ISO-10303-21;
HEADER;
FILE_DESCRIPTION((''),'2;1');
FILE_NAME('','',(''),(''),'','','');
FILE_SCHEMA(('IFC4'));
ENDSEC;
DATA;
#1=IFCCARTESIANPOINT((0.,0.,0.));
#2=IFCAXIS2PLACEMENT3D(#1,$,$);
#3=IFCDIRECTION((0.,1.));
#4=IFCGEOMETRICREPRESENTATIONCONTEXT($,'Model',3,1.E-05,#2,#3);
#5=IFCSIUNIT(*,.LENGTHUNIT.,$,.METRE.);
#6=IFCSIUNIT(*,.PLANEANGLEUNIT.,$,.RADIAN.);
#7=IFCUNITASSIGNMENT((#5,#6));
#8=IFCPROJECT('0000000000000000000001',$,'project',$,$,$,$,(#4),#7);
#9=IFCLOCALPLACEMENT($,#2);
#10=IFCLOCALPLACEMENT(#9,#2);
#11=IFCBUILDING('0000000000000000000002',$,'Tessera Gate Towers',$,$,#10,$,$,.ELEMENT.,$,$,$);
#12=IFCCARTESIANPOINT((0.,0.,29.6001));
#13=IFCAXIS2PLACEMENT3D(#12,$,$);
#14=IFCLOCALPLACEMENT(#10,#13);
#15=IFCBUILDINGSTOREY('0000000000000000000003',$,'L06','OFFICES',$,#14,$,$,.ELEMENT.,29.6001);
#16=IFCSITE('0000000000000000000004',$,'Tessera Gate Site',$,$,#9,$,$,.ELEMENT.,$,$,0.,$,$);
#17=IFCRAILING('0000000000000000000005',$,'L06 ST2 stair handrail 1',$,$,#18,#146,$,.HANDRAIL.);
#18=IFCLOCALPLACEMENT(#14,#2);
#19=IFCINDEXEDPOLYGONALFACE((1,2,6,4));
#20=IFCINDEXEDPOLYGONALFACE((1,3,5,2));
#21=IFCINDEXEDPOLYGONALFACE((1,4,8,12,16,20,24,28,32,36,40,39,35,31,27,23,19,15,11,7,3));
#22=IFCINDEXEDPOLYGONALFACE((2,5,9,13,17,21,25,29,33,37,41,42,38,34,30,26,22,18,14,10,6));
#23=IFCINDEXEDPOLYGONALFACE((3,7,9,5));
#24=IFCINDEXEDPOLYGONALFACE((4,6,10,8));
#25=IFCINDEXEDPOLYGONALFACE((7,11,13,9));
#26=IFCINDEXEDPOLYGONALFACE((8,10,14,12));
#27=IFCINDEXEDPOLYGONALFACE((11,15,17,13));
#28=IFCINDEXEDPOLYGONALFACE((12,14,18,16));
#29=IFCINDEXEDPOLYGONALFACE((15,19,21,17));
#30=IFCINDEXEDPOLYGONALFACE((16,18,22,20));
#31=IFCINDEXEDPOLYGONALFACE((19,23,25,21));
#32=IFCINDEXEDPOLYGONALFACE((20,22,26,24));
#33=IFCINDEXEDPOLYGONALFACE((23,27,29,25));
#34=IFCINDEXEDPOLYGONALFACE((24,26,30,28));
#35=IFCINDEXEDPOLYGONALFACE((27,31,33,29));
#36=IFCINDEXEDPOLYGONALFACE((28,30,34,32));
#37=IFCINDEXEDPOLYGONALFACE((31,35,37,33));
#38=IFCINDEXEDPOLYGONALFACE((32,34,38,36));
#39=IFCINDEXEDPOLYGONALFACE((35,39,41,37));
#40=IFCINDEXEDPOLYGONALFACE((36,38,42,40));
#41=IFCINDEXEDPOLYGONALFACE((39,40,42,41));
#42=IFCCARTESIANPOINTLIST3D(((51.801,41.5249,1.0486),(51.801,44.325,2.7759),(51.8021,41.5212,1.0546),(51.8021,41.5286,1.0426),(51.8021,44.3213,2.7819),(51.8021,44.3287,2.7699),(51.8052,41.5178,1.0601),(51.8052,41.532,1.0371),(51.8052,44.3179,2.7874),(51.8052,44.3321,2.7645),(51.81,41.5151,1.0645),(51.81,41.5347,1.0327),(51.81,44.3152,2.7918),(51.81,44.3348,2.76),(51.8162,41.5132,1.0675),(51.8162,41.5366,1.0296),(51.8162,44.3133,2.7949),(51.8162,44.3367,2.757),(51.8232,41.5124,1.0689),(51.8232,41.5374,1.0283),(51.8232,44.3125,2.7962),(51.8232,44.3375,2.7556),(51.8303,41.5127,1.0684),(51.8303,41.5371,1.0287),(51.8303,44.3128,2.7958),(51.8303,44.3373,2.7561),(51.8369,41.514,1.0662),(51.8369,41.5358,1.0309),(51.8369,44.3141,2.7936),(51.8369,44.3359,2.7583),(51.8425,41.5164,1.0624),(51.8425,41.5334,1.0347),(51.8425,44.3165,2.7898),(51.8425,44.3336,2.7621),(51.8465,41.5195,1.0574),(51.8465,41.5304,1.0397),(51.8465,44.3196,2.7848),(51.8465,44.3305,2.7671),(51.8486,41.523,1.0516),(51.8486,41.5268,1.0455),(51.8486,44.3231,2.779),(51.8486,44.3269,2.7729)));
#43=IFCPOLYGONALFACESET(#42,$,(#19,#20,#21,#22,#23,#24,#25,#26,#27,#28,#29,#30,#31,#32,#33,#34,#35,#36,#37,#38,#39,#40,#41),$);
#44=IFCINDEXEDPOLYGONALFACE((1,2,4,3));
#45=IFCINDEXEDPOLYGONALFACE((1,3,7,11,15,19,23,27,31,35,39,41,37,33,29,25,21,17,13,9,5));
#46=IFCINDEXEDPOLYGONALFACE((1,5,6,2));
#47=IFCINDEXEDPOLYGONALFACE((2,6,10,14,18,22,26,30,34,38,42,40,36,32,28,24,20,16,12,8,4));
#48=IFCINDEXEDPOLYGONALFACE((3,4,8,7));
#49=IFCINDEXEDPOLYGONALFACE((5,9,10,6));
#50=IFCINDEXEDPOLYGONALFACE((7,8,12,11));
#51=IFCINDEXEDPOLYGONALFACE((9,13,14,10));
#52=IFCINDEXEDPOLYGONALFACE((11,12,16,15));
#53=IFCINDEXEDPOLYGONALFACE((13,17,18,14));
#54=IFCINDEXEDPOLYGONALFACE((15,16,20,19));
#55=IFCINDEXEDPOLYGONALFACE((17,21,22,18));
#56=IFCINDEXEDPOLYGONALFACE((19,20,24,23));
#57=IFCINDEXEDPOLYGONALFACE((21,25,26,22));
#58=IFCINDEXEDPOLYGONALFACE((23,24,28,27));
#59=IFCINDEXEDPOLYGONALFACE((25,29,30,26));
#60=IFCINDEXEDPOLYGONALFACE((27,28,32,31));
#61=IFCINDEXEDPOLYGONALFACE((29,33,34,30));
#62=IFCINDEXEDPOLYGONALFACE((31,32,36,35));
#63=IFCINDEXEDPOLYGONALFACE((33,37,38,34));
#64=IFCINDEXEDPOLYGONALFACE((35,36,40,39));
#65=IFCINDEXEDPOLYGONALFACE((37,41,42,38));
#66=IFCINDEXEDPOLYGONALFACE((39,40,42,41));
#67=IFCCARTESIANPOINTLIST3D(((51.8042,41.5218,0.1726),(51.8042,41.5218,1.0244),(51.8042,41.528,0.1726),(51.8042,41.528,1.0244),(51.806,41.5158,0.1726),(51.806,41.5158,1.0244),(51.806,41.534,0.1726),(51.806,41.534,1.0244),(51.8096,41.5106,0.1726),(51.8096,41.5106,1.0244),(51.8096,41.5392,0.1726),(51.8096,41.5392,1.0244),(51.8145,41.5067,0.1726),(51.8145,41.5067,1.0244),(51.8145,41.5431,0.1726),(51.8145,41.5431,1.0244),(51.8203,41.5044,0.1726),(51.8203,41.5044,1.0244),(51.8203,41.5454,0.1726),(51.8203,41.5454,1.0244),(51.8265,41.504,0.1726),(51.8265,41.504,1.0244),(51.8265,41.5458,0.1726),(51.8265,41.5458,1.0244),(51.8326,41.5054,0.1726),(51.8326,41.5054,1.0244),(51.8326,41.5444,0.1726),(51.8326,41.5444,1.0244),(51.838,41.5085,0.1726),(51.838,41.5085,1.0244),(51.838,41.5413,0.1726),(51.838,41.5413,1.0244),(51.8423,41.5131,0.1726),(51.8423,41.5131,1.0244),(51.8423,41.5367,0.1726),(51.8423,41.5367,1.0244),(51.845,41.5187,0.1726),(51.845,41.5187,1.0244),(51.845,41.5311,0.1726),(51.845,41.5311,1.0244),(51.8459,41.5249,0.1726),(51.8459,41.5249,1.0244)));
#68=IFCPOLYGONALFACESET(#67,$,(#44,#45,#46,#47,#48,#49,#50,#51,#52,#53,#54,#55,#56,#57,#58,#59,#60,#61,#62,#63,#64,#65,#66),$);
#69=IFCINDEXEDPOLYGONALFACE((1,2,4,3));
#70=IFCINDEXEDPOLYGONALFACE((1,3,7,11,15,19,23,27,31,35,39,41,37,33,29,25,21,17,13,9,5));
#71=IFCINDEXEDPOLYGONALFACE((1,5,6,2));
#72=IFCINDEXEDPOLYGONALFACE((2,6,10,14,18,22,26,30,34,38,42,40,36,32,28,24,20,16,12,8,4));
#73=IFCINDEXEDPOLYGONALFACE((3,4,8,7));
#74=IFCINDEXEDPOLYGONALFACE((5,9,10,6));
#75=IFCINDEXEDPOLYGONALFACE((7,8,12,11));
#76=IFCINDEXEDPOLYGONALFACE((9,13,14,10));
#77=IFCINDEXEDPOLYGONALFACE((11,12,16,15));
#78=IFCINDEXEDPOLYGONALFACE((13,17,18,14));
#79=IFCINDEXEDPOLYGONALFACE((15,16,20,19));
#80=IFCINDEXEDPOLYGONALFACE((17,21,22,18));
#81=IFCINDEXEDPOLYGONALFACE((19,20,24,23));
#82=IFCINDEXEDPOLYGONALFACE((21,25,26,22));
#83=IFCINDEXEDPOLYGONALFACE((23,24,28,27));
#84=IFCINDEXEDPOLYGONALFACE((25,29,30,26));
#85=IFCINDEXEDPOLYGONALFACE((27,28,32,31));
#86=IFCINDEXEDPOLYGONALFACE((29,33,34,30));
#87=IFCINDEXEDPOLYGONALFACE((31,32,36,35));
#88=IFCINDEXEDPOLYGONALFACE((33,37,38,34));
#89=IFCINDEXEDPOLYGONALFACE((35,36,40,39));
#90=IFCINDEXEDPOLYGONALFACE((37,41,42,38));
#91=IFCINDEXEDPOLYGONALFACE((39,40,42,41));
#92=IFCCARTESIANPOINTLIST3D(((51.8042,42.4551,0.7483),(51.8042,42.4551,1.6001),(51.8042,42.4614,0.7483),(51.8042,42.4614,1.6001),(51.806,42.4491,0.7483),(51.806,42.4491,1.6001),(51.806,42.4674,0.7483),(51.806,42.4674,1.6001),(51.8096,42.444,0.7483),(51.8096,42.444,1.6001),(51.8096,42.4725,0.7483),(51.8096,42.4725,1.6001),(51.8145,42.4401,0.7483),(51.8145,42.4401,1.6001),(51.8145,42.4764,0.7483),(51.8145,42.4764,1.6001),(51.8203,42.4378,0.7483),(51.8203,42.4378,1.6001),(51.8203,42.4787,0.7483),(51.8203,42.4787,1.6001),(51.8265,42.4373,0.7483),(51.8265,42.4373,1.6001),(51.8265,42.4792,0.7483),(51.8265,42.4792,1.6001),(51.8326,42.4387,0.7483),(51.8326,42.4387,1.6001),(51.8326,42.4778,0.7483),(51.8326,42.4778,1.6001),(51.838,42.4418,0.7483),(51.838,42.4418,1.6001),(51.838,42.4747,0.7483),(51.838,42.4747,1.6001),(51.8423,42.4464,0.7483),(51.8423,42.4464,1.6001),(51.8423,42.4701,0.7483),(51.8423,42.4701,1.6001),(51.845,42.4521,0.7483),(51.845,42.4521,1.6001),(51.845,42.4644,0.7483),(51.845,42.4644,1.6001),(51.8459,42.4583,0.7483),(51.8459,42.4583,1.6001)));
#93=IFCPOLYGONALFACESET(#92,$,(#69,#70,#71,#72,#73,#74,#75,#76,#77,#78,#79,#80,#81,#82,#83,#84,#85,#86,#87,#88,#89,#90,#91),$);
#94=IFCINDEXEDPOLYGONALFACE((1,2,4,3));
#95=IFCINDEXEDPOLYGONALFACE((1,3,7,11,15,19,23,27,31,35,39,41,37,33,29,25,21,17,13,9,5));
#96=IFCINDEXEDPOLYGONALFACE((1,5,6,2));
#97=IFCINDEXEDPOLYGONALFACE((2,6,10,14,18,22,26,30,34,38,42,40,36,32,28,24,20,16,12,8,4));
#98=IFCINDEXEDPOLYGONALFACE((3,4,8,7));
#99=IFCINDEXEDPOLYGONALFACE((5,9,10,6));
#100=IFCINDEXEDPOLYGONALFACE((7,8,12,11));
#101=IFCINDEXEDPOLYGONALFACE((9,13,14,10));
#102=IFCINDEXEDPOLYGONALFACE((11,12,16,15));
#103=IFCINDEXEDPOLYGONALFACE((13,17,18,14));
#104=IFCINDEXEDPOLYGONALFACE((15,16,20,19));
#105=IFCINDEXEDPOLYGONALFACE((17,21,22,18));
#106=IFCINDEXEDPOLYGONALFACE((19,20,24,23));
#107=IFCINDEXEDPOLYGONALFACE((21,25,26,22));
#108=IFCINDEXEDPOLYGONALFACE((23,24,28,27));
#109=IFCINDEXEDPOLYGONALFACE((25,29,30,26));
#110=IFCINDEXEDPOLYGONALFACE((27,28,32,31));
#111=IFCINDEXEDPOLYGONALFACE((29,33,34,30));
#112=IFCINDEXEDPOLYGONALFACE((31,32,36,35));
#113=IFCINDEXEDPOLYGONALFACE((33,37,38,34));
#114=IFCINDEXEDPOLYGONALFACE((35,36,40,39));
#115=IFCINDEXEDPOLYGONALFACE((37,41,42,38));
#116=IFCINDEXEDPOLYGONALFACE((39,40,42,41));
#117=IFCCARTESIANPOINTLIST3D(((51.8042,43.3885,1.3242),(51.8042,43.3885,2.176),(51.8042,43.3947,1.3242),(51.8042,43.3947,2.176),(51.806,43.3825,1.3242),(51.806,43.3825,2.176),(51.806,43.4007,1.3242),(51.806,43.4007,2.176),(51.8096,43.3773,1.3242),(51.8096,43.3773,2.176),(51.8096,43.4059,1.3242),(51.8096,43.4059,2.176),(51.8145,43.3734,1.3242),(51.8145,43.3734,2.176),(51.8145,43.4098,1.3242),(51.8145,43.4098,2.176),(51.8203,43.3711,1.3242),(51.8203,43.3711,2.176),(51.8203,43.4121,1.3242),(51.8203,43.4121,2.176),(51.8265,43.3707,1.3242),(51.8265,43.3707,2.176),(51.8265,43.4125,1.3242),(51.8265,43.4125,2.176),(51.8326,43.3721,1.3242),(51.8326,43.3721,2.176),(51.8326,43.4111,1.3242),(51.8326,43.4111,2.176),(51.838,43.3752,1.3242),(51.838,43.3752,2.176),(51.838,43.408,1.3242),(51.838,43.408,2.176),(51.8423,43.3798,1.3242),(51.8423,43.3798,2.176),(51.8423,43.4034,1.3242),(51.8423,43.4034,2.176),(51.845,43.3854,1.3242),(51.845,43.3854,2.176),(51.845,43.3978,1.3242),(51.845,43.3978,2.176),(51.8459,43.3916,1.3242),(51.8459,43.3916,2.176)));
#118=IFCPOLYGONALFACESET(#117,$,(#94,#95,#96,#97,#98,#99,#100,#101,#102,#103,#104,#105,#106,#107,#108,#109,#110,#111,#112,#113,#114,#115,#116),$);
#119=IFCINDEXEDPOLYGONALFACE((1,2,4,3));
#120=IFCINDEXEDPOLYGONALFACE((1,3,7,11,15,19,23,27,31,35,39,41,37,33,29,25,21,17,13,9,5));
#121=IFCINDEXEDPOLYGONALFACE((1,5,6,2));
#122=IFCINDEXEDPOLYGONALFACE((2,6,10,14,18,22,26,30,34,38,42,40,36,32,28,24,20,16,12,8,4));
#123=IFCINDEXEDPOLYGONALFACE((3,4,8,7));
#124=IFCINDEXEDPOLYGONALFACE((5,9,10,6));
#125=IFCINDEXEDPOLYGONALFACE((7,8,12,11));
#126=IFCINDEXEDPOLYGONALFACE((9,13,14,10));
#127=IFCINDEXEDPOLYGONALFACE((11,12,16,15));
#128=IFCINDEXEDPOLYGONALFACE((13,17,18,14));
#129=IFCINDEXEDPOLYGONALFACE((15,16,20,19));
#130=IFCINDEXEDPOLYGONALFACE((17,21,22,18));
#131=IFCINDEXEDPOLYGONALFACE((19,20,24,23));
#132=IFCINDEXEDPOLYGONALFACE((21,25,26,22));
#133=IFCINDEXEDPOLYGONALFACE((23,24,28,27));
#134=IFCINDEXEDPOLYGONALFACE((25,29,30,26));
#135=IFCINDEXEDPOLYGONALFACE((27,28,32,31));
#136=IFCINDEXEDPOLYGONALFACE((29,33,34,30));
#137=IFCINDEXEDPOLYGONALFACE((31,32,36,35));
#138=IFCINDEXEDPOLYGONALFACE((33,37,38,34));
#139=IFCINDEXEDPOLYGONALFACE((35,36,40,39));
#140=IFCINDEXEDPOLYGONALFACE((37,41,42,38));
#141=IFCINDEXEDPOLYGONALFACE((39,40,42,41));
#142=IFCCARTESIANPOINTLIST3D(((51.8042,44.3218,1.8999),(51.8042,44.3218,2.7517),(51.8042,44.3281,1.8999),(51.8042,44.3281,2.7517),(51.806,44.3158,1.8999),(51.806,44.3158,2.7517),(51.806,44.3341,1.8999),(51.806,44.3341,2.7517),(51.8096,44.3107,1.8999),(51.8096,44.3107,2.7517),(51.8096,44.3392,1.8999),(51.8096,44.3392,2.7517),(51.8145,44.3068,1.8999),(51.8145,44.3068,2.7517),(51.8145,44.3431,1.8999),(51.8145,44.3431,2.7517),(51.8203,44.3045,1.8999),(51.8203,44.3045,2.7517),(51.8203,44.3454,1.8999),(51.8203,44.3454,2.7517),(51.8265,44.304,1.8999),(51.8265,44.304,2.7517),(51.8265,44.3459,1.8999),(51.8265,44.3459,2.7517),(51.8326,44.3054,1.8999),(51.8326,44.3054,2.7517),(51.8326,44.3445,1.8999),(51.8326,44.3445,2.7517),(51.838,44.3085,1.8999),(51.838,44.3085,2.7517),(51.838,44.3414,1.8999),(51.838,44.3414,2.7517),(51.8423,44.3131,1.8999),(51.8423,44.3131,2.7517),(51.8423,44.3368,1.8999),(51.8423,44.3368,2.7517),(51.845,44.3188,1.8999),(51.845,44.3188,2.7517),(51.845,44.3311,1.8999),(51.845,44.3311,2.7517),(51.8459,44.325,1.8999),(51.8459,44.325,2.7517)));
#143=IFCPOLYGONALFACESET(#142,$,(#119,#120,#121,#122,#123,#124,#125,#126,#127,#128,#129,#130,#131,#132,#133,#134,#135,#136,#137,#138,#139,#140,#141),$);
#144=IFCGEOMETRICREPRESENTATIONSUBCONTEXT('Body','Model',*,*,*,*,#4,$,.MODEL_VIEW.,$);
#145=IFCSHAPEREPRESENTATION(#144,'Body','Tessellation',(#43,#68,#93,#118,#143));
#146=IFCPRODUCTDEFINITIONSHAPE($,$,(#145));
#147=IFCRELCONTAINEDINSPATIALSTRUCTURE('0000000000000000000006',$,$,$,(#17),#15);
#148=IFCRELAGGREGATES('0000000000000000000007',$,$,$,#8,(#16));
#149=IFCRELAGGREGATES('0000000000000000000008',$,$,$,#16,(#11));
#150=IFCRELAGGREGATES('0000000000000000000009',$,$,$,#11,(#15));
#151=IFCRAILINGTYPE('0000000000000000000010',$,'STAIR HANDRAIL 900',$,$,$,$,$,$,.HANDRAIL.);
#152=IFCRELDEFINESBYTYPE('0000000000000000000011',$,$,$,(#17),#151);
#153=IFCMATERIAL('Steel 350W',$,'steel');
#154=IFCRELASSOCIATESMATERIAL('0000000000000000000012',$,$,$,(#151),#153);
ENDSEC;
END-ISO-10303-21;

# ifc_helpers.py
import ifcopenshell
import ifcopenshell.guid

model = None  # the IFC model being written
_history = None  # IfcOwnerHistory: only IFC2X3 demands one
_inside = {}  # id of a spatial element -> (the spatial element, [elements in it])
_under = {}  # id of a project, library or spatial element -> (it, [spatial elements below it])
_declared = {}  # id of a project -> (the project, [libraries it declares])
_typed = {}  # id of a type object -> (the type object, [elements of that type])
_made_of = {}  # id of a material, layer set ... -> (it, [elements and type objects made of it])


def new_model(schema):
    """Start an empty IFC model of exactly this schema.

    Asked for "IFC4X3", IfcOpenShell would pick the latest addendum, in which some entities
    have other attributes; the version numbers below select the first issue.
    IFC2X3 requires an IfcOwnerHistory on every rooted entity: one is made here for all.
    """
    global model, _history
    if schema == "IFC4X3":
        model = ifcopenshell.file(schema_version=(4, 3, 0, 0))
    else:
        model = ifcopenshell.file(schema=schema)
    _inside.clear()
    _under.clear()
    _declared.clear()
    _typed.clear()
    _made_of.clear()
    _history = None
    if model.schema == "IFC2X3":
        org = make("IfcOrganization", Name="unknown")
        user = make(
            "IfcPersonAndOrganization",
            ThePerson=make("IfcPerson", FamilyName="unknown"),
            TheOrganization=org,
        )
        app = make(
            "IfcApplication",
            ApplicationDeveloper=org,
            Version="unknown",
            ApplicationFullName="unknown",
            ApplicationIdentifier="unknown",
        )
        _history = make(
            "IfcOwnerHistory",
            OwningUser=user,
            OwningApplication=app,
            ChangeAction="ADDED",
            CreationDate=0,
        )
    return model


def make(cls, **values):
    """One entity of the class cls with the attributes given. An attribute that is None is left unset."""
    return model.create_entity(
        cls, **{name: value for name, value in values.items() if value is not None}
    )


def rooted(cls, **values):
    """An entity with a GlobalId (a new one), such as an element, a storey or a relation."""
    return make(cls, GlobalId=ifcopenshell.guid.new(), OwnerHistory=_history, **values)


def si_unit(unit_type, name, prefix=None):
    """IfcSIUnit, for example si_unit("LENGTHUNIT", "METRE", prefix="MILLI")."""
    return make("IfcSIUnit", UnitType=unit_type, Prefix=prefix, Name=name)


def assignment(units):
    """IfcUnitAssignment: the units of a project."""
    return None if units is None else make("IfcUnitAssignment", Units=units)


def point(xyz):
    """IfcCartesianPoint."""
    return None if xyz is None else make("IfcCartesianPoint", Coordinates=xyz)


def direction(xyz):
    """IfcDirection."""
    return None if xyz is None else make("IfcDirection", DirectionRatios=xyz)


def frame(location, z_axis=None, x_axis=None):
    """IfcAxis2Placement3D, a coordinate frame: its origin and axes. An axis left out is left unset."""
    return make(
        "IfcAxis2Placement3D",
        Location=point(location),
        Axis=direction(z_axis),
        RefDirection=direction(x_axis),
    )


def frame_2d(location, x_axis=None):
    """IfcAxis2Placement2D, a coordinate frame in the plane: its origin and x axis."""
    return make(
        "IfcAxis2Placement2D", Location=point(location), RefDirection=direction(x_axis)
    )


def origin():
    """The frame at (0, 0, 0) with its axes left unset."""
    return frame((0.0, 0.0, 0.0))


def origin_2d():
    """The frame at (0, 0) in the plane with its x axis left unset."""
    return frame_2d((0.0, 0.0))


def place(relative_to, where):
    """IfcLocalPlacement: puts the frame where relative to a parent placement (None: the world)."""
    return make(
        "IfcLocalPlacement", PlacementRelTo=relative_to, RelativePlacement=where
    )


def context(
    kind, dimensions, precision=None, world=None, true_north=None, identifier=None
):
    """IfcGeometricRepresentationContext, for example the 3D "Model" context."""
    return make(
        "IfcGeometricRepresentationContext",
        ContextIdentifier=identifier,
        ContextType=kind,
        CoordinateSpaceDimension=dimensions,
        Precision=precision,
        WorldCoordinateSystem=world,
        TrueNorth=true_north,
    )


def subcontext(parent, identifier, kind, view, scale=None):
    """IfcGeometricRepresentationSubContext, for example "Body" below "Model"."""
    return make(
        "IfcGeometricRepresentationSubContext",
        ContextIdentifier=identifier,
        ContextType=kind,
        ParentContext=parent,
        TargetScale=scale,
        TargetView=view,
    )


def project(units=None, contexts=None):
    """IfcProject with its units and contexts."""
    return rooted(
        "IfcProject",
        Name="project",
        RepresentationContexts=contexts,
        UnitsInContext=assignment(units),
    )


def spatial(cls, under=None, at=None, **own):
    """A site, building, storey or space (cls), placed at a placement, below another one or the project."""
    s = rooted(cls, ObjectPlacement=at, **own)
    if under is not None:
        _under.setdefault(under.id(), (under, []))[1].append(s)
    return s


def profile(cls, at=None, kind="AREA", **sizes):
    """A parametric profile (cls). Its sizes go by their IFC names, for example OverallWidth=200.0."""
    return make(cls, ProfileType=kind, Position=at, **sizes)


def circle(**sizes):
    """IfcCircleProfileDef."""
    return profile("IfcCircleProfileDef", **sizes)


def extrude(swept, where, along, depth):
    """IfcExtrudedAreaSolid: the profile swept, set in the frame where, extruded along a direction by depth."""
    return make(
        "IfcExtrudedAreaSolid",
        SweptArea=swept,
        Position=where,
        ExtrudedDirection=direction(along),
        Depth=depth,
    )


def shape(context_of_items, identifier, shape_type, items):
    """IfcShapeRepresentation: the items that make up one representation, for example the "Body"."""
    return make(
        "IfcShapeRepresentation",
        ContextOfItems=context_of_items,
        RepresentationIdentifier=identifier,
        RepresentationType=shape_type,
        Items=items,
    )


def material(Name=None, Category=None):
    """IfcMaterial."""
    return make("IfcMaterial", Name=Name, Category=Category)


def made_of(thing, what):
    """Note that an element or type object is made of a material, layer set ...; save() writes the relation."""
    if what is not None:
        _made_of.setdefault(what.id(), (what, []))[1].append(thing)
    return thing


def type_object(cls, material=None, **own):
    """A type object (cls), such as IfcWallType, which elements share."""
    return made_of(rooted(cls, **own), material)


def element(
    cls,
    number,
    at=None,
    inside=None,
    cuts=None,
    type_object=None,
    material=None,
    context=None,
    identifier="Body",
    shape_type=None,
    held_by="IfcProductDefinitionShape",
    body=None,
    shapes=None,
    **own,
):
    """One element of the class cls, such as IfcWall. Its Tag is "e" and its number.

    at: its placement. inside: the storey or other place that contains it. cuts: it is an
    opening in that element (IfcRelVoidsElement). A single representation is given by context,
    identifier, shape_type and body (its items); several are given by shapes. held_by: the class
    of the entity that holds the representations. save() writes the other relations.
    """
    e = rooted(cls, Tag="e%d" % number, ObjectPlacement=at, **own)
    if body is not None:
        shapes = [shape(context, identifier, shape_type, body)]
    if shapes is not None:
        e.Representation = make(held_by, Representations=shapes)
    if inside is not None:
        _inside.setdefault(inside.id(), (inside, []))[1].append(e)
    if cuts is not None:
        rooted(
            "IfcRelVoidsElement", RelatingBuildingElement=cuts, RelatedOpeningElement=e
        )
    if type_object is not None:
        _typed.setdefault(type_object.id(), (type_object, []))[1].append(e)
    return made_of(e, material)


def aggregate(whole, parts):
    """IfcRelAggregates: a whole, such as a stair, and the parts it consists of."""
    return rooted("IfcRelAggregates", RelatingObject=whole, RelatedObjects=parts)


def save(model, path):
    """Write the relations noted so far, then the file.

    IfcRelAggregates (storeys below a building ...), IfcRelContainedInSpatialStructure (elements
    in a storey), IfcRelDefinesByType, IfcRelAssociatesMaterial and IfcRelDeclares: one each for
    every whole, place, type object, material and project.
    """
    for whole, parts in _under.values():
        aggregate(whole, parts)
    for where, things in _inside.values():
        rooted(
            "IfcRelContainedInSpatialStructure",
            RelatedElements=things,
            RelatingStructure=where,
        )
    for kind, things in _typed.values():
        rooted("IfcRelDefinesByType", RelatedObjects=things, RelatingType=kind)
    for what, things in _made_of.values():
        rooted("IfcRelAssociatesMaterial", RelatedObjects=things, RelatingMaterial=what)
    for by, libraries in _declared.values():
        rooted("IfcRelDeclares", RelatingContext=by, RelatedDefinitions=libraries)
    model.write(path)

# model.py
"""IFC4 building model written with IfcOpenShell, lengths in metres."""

from ifc_helpers import new_model, si_unit, direction, frame, origin, origin_2d, place, context, subcontext, project, spatial, circle, extrude, material, type_object, element, save


model = new_model("IFC4")

# Units and contexts
model_context = context("Model", 3, precision=1e-05, world=origin(), true_north=direction((0.0, 1.0)))
body_context = subcontext(model_context, "Body", "Model", "MODEL_VIEW")
ifc_project = project(units=[si_unit("LENGTHUNIT", "METRE"), si_unit("PLANEANGLEUNIT", "RADIAN")], contexts=[model_context])

# Site, building, storey
site_placement = place(None, origin())
site = spatial("IfcSite", under=ifc_project, at=site_placement, Name="Tessera Gate Site", CompositionType="ELEMENT", RefElevation=0.0)
building_placement = place(site_placement, origin())
building = spatial("IfcBuilding", under=site, at=building_placement, Name="Tessera Gate Towers", CompositionType="ELEMENT")
storey_placement = place(building_placement, frame((0.0, 0.0, 29.6001)))
storey = spatial("IfcBuildingStorey", under=building, at=storey_placement, Name="L06", Description="OFFICES", CompositionType="ELEMENT", Elevation=29.6001)

# Railing
ifc_material_1 = material(Name="Steel 350W", Category="steel")
railing_type = type_object("IfcRailingType", Name="STAIR HANDRAIL 900", PredefinedType="HANDRAIL", material=ifc_material_1)
for number, where, name in (
    (1, (51.825, 41.5249, 0.1726), "L06 ST2 stair handrail 1"),
):
    element("IfcRailing", number, at=place(storey_placement, frame(where)), inside=storey, type_object=railing_type, Name=name, PredefinedType="HANDRAIL", context=body_context, shape_type="SweptSolid", body=[
        extrude(circle(Radius=0.0239, at=origin_2d()), frame((0.0, 0.0, 0.876), z_axis=(0.0, 0.85109, 0.52502), x_axis=(-1.0, 0.0, 0.0)), (0.0, 0.0, 1.0), 3.29),
        extrude(circle(Radius=0.021, at=origin_2d()), origin(), (0.0, 0.0, 1.0), 0.8518),
        extrude(circle(Radius=0.021, at=origin_2d()), frame((0.0, 0.9333, 0.5757)), (0.0, 0.0, 1.0), 0.8518),
        extrude(circle(Radius=0.021, at=origin_2d()), frame((0.0, 1.8667, 1.1516)), (0.0, 0.0, 1.0), 0.8518),
        extrude(circle(Radius=0.021, at=origin_2d()), frame((0.0, 2.8, 1.7273)), (0.0, 0.0, 1.0), 0.8518),
    ])

save(model, "model.ifc")
